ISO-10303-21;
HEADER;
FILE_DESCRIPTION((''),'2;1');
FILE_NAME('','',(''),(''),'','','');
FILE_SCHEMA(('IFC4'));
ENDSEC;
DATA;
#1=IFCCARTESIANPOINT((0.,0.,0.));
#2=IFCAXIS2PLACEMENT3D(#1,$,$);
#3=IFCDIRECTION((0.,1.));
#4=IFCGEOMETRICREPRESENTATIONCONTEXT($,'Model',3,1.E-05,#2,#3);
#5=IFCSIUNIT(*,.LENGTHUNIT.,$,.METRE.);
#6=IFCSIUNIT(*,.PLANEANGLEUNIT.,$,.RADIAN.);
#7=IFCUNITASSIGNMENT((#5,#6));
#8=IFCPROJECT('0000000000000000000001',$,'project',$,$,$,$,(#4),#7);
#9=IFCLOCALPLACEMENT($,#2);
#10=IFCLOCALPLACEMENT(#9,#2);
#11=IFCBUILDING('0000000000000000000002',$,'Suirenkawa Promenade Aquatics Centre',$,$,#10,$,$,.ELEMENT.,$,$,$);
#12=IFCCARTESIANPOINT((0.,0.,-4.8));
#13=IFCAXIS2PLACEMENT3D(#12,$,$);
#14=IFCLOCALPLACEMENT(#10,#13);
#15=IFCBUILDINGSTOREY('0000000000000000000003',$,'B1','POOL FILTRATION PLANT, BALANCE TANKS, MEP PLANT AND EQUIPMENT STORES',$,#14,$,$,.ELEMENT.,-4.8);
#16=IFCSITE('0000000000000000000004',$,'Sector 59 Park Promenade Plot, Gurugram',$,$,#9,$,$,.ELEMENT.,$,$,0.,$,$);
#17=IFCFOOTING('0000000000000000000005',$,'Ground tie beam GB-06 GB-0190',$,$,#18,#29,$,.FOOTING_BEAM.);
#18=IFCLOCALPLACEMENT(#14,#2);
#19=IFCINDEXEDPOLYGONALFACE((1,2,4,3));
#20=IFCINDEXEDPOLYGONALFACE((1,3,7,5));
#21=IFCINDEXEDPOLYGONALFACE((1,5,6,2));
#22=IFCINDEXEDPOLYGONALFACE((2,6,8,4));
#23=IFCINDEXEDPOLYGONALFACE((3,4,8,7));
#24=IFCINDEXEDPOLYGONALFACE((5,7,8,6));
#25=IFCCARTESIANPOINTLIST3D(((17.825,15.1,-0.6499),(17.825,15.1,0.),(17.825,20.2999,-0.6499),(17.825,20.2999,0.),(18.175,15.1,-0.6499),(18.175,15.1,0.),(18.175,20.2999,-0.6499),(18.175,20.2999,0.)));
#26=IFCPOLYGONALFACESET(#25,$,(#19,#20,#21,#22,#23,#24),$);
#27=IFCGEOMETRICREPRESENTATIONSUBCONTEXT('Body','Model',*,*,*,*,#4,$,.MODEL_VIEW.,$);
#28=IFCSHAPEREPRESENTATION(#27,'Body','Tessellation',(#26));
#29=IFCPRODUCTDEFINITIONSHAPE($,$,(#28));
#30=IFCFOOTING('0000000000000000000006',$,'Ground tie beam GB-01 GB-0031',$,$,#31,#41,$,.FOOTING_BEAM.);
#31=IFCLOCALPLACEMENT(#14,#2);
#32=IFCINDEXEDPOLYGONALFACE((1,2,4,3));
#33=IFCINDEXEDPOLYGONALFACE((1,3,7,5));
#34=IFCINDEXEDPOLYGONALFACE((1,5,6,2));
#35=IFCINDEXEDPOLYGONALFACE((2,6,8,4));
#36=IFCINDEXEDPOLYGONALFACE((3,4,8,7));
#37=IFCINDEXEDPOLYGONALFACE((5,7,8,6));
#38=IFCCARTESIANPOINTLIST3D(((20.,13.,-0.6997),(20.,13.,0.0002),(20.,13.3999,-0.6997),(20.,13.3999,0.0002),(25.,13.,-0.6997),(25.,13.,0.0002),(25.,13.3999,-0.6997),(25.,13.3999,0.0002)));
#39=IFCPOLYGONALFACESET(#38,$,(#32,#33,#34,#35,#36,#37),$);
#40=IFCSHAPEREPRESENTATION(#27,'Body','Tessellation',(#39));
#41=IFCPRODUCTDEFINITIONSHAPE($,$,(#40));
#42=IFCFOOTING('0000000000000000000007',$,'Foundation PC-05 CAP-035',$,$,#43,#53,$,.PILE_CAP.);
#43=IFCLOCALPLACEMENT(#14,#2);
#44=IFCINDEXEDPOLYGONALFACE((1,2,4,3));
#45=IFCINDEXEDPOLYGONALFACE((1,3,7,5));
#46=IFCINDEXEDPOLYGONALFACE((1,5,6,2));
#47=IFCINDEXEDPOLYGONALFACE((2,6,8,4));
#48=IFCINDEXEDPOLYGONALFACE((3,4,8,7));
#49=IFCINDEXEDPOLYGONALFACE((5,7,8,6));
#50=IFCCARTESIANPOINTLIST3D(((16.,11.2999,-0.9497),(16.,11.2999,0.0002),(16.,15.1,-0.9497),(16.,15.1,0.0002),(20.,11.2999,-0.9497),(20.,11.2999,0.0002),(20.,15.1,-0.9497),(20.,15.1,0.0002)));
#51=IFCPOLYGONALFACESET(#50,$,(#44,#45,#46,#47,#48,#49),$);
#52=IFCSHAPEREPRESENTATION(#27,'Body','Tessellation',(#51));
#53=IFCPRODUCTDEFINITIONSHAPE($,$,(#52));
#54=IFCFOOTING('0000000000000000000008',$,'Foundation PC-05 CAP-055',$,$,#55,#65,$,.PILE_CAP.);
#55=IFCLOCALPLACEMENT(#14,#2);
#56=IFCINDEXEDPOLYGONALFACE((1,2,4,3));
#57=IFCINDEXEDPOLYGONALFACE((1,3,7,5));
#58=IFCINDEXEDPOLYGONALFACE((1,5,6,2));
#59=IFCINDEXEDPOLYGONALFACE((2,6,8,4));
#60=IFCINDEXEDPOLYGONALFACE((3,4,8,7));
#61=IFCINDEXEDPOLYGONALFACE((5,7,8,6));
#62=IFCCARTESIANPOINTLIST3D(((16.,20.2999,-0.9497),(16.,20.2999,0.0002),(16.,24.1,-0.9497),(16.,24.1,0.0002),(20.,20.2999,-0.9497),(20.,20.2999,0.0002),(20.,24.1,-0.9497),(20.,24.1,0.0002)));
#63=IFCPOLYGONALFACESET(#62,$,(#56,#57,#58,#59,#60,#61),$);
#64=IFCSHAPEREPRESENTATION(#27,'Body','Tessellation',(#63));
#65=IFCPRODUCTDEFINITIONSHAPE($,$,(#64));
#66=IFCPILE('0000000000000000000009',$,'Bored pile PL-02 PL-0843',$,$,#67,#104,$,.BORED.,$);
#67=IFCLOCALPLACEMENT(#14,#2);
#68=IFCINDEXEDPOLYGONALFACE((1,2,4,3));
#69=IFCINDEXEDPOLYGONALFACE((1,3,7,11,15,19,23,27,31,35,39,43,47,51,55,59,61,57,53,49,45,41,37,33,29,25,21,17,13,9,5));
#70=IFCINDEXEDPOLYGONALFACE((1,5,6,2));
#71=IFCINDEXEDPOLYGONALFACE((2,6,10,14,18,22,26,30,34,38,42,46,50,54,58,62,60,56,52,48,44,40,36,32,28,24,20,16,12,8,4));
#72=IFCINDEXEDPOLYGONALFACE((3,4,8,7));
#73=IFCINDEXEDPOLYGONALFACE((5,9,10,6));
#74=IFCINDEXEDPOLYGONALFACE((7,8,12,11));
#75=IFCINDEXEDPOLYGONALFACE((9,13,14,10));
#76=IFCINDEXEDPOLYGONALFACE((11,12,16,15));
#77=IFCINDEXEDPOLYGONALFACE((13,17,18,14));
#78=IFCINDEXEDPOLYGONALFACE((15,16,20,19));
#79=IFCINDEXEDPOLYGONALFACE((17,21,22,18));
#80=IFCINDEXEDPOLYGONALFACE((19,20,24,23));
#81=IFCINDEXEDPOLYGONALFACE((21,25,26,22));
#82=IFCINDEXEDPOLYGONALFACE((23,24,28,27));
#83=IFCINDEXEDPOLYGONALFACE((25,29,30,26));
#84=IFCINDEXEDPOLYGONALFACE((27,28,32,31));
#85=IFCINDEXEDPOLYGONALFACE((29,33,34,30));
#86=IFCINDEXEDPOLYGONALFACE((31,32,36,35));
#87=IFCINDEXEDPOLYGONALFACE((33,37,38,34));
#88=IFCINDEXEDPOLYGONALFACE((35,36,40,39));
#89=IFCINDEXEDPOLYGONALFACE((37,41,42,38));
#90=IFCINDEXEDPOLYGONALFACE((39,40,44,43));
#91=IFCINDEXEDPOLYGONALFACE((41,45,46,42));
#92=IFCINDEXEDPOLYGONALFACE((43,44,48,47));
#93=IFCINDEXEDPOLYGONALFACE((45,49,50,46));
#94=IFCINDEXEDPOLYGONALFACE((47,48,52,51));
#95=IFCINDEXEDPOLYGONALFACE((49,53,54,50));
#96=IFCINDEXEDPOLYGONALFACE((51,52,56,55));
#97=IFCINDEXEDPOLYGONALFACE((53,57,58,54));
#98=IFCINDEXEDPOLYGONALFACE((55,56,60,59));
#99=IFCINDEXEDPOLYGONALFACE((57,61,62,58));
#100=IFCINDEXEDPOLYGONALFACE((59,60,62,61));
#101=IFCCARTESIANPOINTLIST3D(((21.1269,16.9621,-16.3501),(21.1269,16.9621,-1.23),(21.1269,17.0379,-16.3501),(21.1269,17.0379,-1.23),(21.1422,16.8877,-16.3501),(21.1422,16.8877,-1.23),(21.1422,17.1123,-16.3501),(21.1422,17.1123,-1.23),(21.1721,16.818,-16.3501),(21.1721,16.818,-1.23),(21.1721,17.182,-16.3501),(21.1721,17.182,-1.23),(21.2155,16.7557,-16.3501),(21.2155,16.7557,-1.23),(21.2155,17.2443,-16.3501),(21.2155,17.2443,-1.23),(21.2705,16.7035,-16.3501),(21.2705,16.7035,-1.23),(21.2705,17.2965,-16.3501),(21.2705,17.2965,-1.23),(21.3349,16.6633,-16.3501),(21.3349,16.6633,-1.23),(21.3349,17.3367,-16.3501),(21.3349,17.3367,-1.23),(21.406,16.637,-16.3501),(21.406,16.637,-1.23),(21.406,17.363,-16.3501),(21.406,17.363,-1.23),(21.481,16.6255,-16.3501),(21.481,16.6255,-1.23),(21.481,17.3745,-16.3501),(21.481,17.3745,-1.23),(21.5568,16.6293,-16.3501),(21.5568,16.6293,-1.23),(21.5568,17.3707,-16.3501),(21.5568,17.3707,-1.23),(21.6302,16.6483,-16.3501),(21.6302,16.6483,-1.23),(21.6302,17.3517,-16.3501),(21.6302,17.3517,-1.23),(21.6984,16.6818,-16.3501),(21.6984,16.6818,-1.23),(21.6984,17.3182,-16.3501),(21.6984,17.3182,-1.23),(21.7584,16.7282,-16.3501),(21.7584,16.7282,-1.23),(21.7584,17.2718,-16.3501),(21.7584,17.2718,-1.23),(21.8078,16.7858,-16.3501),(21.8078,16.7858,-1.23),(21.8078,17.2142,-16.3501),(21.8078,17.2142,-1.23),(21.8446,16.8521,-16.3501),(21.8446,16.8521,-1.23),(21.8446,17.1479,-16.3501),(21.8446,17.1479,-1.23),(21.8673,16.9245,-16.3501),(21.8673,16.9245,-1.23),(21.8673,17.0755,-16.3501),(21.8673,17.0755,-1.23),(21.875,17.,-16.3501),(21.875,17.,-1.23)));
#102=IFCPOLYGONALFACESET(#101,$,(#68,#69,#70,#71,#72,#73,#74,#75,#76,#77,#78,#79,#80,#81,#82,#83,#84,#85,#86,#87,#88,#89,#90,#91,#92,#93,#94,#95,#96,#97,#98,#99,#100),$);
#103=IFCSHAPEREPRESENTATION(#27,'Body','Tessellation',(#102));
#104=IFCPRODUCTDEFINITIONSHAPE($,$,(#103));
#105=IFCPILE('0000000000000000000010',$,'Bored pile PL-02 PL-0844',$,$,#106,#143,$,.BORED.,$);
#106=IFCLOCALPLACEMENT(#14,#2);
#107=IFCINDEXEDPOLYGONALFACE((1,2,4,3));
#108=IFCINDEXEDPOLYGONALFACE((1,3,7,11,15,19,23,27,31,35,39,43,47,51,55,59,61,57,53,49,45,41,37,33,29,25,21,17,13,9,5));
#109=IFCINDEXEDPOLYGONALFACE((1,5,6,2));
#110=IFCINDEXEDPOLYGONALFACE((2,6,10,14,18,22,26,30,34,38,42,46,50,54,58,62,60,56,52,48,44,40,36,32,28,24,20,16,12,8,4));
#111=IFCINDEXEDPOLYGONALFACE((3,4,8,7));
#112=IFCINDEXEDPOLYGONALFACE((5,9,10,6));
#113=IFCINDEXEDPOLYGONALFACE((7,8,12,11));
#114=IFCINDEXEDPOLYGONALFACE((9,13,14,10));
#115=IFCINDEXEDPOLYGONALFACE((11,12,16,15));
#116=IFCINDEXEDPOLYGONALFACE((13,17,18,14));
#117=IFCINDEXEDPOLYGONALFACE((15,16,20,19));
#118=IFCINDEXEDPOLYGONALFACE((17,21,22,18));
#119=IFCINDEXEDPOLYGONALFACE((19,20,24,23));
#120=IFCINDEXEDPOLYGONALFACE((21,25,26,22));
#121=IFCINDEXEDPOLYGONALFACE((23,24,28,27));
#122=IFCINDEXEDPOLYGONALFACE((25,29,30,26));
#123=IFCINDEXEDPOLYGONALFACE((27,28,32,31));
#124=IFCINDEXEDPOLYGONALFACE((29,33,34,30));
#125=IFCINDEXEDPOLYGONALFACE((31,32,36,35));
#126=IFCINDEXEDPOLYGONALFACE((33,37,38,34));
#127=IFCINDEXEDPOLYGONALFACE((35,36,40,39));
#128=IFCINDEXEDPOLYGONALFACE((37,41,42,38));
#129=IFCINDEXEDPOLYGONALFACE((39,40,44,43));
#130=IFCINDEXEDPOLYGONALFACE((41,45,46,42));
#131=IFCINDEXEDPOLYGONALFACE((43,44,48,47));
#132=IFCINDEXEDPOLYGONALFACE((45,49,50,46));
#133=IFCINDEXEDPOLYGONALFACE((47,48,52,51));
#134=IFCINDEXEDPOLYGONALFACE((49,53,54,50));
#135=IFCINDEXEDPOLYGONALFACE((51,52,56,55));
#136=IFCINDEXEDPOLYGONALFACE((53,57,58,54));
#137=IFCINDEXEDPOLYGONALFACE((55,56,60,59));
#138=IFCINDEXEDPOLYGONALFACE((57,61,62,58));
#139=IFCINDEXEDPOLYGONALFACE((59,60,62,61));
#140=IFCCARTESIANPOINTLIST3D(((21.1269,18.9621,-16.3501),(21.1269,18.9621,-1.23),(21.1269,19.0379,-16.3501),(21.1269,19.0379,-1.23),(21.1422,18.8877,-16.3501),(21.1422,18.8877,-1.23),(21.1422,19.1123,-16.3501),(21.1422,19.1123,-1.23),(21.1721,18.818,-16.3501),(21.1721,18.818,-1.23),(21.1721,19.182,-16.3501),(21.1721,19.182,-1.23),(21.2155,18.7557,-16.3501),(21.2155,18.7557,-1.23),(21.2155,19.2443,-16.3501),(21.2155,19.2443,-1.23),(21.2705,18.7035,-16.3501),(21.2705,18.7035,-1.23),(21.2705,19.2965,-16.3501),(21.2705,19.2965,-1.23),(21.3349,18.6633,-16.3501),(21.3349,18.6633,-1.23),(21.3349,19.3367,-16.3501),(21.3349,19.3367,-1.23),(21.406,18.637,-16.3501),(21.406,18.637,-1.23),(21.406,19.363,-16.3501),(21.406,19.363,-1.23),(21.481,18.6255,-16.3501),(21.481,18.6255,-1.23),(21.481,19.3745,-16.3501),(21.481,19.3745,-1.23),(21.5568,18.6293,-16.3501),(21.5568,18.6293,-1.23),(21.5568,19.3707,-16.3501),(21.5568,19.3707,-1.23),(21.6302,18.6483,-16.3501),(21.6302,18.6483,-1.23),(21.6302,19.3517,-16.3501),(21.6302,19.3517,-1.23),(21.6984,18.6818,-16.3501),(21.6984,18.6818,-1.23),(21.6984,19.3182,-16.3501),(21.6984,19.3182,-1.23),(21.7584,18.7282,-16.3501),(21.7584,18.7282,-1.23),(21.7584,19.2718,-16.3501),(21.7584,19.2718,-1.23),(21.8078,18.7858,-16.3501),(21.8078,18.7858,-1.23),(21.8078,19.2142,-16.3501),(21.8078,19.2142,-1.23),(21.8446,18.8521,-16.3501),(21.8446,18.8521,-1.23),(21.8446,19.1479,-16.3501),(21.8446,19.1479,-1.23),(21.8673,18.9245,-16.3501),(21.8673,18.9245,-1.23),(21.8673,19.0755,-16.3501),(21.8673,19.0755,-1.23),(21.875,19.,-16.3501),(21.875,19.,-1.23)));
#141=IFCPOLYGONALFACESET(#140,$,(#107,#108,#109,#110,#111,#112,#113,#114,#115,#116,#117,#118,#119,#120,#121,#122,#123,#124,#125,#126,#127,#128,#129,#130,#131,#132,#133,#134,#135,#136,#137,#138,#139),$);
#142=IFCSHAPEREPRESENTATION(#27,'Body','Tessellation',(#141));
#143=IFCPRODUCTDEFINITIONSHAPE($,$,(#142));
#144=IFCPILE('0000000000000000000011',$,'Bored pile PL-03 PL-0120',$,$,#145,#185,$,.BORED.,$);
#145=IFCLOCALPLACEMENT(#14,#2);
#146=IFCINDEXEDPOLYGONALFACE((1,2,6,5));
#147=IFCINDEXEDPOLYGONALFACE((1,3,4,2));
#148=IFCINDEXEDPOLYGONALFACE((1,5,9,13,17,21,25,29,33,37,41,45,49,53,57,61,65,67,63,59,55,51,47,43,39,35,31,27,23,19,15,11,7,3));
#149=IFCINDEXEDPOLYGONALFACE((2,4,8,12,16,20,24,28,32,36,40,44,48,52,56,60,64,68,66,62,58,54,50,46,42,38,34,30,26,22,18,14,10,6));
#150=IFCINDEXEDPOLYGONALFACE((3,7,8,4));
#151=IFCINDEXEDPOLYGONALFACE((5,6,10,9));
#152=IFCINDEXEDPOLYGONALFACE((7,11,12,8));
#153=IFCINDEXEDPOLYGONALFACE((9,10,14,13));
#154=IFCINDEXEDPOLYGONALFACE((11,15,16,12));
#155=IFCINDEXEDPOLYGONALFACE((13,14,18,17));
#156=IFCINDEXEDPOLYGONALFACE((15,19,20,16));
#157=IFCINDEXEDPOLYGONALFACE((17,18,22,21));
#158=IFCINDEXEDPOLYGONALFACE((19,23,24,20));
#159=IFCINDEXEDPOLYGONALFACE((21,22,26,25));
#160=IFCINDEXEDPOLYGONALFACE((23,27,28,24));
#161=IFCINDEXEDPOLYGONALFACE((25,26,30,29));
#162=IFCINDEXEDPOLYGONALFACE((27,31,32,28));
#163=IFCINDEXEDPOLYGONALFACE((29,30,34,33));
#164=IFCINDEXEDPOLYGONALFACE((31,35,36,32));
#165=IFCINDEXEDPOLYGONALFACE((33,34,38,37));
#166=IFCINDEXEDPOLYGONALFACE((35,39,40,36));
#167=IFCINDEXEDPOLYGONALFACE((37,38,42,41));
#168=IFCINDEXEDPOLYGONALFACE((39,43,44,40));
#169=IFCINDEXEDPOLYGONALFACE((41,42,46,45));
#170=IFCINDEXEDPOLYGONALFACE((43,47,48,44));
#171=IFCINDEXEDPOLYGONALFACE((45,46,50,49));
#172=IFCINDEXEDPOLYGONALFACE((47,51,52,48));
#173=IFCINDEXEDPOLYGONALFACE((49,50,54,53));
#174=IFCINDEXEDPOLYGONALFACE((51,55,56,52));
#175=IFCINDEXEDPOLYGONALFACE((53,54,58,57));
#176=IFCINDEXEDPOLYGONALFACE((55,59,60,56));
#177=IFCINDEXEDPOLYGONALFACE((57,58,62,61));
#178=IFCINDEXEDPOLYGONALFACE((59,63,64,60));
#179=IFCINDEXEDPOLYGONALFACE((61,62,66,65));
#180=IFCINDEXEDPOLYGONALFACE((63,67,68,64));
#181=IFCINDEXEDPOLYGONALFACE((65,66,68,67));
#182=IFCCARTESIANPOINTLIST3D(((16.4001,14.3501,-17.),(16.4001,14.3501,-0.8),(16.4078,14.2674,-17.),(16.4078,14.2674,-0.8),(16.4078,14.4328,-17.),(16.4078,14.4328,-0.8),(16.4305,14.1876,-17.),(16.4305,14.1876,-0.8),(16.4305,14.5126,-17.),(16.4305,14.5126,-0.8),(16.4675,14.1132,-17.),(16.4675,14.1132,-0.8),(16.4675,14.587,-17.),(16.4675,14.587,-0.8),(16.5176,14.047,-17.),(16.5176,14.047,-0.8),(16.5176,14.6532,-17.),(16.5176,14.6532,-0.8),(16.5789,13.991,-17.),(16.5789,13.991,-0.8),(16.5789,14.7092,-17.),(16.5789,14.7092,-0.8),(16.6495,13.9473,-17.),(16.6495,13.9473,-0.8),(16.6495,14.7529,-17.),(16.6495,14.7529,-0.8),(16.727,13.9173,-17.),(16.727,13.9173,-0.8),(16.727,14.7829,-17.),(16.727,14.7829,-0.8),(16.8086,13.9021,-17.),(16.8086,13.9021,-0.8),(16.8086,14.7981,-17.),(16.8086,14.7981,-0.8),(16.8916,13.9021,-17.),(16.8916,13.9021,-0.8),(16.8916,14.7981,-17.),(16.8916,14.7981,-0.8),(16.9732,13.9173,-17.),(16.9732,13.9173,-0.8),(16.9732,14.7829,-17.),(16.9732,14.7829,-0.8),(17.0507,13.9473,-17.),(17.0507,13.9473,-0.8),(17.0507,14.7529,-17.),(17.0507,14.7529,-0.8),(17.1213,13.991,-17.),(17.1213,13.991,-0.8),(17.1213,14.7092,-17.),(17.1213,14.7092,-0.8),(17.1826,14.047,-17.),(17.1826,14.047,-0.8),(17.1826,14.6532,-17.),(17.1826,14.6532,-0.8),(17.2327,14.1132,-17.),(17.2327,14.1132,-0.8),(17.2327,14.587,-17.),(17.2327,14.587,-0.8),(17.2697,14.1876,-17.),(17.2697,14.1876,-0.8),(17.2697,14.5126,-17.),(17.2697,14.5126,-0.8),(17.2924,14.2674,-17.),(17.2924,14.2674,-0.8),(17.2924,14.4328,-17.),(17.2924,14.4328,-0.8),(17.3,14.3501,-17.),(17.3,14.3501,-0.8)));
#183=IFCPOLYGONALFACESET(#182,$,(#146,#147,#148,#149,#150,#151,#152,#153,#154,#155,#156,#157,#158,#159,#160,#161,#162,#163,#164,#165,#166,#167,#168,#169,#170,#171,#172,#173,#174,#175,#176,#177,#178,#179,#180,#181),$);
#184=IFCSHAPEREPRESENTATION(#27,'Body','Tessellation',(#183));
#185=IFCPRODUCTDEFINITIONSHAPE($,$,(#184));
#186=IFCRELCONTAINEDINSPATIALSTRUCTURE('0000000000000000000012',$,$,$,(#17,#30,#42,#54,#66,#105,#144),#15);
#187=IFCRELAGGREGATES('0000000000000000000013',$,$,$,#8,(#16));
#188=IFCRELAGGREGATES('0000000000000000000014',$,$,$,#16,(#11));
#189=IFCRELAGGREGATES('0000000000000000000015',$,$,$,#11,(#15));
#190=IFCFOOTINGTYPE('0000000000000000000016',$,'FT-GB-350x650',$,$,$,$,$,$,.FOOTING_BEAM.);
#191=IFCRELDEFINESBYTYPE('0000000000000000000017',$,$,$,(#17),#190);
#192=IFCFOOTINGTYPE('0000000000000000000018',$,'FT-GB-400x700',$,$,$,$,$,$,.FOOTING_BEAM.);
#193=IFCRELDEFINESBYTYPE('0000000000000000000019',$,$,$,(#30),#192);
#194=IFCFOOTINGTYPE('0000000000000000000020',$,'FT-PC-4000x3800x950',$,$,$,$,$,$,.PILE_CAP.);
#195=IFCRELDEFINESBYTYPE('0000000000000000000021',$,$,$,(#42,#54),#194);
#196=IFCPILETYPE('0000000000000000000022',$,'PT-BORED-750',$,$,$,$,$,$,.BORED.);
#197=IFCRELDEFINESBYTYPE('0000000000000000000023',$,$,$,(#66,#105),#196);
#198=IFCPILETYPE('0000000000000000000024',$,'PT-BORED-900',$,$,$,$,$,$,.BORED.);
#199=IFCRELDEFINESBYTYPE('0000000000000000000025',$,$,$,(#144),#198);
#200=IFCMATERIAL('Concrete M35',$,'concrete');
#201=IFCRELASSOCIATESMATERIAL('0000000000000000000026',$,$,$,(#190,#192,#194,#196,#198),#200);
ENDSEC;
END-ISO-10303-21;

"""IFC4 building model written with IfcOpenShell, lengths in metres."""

from ifc_helpers import new_model, si_unit, direction, frame, origin, origin_2d, place, context, subcontext, project, spatial, rectangle, circle, extrude, material, material_profile, profile_set, type_object, element, save


model = new_model("IFC4")

# Units and contexts
model_context = context("Model", 3, precision=1e-05, world=origin(), true_north=direction((0.0, 1.0)))
body_context = subcontext(model_context, "Body", "Model", "MODEL_VIEW")
ifc_project = project(units=[si_unit("LENGTHUNIT", "METRE"), si_unit("PLANEANGLEUNIT", "RADIAN")], contexts=[model_context])

# Site, building, storey
site_placement = place(None, origin())
site = spatial("IfcSite", under=ifc_project, at=site_placement, Name="Sector 59 Park Promenade Plot, Gurugram", CompositionType="ELEMENT", RefElevation=0.0)
building_placement = place(site_placement, origin())
building = spatial("IfcBuilding", under=site, at=building_placement, Name="Suirenkawa Promenade Aquatics Centre", CompositionType="ELEMENT")
storey_placement = place(building_placement, frame((0.0, 0.0, -4.8)))
storey = spatial("IfcBuildingStorey", under=building, at=storey_placement, Name="B1", Description="POOL FILTRATION PLANT, BALANCE TANKS, MEP PLANT AND EQUIPMENT STORES", CompositionType="ELEMENT", Elevation=-4.8)

# Footings
ifc_material_1 = material(Name="Concrete M35", Category="concrete")
footing_type_1 = type_object("IfcFootingType", Name="FT-GB-350x650", PredefinedType="FOOTING_BEAM", material=ifc_material_1)
footing_1_placement = place(storey_placement, frame((18.0, 17.7, -0.6499), z_axis=(0.0, 0.0, 1.0), x_axis=(0.0, 1.0, 0.0)))
element("IfcFooting", 1, at=footing_1_placement, inside=storey, type_object=footing_type_1, Name="Ground tie beam GB-06 GB-0190", PredefinedType="FOOTING_BEAM", context=body_context, shape_type="SweptSolid", body=[
    extrude(rectangle(XDim=5.2, YDim=0.3501, at=origin_2d()), origin(), (0.0, 0.0, 1.0), 0.6499),
])
footing_type_2 = type_object("IfcFootingType", Name="FT-GB-400x700", PredefinedType="FOOTING_BEAM", material=ifc_material_1)
footing_2_placement = place(storey_placement, frame((22.5, 13.2, -0.6997), z_axis=(0.0, 0.0, 1.0), x_axis=(1.0, 0.0, 0.0)))
element("IfcFooting", 2, at=footing_2_placement, inside=storey, type_object=footing_type_2, Name="Ground tie beam GB-01 GB-0031", PredefinedType="FOOTING_BEAM", context=body_context, shape_type="SweptSolid", body=[
    extrude(rectangle(XDim=5.0, YDim=0.3999, at=origin_2d()), origin(), (0.0, 0.0, 1.0), 0.7),
])
footing_type_3 = type_object("IfcFootingType", Name="FT-PC-4000x3800x950", PredefinedType="PILE_CAP", material=ifc_material_1)
for number, where, z_axis, x_axis, name in (
    (3, (18.0, 13.2, -0.9497), (0.0, 0.0, 1.0), (1.0, 0.0, 0.0), "Foundation PC-05 CAP-035"),
    (4, (18.0, 22.2, -0.9497), (0.0, 0.0, 1.0), (1.0, 0.0, 0.0), "Foundation PC-05 CAP-055"),
):
    element("IfcFooting", number, at=place(storey_placement, frame(where, z_axis=z_axis, x_axis=x_axis)), inside=storey, type_object=footing_type_3, Name=name, PredefinedType="PILE_CAP", context=body_context, shape_type="SweptSolid", body=[
        extrude(rectangle(XDim=4.0, YDim=3.8, at=origin_2d()), origin(), (0.0, 0.0, 1.0), 0.95),
    ])

# Piles
ifc_material_profile_1 = material_profile(ifc_material_1, circle(Radius=0.375, at=origin_2d()), Name="PILE D750", Category="concrete")
ifc_profile_set_1 = profile_set([ifc_material_profile_1], Name="Concrete M35")
pile_type_1 = type_object("IfcPileType", Name="PT-BORED-750", PredefinedType="BORED", material=ifc_profile_set_1)
for number, where, z_axis, x_axis, name in (
    (5, (21.5, 17.0, -1.23), (0.0, 0.0, -1.0), (1.0, 0.0, 0.0), "Bored pile PL-02 PL-0843"),
    (6, (21.5, 19.0, -1.23), (0.0, 0.0, -1.0), (1.0, 0.0, 0.0), "Bored pile PL-02 PL-0844"),
):
    element("IfcPile", number, at=place(storey_placement, frame(where, z_axis=z_axis, x_axis=x_axis)), inside=storey, type_object=pile_type_1, Name=name, PredefinedType="BORED", context=body_context, shape_type="SweptSolid", body=[
        extrude(circle(Radius=0.375, at=origin_2d()), origin(), (0.0, 0.0, 1.0), 15.1201),
    ])
ifc_material_profile_2 = material_profile(ifc_material_1, circle(Radius=0.45, at=origin_2d()), Name="PILE D900", Category="concrete")
ifc_profile_set_2 = profile_set([ifc_material_profile_2], Name="Concrete M35")
pile_type_2 = type_object("IfcPileType", Name="PT-BORED-900", PredefinedType="BORED", material=ifc_profile_set_2)
for number, where, z_axis, x_axis, name in (
    (7, (16.8501, 14.3501, -0.8), (0.0, 0.0, -1.0), (1.0, 0.0, 0.0), "Bored pile PL-03 PL-0120"),
):
    element("IfcPile", number, at=place(storey_placement, frame(where, z_axis=z_axis, x_axis=x_axis)), inside=storey, type_object=pile_type_2, Name=name, PredefinedType="BORED", context=body_context, shape_type="SweptSolid", body=[
        extrude(circle(Radius=0.45, at=origin_2d()), origin(), (0.0, 0.0, 1.0), 16.2),
    ])

save(model, "model.ifc")
